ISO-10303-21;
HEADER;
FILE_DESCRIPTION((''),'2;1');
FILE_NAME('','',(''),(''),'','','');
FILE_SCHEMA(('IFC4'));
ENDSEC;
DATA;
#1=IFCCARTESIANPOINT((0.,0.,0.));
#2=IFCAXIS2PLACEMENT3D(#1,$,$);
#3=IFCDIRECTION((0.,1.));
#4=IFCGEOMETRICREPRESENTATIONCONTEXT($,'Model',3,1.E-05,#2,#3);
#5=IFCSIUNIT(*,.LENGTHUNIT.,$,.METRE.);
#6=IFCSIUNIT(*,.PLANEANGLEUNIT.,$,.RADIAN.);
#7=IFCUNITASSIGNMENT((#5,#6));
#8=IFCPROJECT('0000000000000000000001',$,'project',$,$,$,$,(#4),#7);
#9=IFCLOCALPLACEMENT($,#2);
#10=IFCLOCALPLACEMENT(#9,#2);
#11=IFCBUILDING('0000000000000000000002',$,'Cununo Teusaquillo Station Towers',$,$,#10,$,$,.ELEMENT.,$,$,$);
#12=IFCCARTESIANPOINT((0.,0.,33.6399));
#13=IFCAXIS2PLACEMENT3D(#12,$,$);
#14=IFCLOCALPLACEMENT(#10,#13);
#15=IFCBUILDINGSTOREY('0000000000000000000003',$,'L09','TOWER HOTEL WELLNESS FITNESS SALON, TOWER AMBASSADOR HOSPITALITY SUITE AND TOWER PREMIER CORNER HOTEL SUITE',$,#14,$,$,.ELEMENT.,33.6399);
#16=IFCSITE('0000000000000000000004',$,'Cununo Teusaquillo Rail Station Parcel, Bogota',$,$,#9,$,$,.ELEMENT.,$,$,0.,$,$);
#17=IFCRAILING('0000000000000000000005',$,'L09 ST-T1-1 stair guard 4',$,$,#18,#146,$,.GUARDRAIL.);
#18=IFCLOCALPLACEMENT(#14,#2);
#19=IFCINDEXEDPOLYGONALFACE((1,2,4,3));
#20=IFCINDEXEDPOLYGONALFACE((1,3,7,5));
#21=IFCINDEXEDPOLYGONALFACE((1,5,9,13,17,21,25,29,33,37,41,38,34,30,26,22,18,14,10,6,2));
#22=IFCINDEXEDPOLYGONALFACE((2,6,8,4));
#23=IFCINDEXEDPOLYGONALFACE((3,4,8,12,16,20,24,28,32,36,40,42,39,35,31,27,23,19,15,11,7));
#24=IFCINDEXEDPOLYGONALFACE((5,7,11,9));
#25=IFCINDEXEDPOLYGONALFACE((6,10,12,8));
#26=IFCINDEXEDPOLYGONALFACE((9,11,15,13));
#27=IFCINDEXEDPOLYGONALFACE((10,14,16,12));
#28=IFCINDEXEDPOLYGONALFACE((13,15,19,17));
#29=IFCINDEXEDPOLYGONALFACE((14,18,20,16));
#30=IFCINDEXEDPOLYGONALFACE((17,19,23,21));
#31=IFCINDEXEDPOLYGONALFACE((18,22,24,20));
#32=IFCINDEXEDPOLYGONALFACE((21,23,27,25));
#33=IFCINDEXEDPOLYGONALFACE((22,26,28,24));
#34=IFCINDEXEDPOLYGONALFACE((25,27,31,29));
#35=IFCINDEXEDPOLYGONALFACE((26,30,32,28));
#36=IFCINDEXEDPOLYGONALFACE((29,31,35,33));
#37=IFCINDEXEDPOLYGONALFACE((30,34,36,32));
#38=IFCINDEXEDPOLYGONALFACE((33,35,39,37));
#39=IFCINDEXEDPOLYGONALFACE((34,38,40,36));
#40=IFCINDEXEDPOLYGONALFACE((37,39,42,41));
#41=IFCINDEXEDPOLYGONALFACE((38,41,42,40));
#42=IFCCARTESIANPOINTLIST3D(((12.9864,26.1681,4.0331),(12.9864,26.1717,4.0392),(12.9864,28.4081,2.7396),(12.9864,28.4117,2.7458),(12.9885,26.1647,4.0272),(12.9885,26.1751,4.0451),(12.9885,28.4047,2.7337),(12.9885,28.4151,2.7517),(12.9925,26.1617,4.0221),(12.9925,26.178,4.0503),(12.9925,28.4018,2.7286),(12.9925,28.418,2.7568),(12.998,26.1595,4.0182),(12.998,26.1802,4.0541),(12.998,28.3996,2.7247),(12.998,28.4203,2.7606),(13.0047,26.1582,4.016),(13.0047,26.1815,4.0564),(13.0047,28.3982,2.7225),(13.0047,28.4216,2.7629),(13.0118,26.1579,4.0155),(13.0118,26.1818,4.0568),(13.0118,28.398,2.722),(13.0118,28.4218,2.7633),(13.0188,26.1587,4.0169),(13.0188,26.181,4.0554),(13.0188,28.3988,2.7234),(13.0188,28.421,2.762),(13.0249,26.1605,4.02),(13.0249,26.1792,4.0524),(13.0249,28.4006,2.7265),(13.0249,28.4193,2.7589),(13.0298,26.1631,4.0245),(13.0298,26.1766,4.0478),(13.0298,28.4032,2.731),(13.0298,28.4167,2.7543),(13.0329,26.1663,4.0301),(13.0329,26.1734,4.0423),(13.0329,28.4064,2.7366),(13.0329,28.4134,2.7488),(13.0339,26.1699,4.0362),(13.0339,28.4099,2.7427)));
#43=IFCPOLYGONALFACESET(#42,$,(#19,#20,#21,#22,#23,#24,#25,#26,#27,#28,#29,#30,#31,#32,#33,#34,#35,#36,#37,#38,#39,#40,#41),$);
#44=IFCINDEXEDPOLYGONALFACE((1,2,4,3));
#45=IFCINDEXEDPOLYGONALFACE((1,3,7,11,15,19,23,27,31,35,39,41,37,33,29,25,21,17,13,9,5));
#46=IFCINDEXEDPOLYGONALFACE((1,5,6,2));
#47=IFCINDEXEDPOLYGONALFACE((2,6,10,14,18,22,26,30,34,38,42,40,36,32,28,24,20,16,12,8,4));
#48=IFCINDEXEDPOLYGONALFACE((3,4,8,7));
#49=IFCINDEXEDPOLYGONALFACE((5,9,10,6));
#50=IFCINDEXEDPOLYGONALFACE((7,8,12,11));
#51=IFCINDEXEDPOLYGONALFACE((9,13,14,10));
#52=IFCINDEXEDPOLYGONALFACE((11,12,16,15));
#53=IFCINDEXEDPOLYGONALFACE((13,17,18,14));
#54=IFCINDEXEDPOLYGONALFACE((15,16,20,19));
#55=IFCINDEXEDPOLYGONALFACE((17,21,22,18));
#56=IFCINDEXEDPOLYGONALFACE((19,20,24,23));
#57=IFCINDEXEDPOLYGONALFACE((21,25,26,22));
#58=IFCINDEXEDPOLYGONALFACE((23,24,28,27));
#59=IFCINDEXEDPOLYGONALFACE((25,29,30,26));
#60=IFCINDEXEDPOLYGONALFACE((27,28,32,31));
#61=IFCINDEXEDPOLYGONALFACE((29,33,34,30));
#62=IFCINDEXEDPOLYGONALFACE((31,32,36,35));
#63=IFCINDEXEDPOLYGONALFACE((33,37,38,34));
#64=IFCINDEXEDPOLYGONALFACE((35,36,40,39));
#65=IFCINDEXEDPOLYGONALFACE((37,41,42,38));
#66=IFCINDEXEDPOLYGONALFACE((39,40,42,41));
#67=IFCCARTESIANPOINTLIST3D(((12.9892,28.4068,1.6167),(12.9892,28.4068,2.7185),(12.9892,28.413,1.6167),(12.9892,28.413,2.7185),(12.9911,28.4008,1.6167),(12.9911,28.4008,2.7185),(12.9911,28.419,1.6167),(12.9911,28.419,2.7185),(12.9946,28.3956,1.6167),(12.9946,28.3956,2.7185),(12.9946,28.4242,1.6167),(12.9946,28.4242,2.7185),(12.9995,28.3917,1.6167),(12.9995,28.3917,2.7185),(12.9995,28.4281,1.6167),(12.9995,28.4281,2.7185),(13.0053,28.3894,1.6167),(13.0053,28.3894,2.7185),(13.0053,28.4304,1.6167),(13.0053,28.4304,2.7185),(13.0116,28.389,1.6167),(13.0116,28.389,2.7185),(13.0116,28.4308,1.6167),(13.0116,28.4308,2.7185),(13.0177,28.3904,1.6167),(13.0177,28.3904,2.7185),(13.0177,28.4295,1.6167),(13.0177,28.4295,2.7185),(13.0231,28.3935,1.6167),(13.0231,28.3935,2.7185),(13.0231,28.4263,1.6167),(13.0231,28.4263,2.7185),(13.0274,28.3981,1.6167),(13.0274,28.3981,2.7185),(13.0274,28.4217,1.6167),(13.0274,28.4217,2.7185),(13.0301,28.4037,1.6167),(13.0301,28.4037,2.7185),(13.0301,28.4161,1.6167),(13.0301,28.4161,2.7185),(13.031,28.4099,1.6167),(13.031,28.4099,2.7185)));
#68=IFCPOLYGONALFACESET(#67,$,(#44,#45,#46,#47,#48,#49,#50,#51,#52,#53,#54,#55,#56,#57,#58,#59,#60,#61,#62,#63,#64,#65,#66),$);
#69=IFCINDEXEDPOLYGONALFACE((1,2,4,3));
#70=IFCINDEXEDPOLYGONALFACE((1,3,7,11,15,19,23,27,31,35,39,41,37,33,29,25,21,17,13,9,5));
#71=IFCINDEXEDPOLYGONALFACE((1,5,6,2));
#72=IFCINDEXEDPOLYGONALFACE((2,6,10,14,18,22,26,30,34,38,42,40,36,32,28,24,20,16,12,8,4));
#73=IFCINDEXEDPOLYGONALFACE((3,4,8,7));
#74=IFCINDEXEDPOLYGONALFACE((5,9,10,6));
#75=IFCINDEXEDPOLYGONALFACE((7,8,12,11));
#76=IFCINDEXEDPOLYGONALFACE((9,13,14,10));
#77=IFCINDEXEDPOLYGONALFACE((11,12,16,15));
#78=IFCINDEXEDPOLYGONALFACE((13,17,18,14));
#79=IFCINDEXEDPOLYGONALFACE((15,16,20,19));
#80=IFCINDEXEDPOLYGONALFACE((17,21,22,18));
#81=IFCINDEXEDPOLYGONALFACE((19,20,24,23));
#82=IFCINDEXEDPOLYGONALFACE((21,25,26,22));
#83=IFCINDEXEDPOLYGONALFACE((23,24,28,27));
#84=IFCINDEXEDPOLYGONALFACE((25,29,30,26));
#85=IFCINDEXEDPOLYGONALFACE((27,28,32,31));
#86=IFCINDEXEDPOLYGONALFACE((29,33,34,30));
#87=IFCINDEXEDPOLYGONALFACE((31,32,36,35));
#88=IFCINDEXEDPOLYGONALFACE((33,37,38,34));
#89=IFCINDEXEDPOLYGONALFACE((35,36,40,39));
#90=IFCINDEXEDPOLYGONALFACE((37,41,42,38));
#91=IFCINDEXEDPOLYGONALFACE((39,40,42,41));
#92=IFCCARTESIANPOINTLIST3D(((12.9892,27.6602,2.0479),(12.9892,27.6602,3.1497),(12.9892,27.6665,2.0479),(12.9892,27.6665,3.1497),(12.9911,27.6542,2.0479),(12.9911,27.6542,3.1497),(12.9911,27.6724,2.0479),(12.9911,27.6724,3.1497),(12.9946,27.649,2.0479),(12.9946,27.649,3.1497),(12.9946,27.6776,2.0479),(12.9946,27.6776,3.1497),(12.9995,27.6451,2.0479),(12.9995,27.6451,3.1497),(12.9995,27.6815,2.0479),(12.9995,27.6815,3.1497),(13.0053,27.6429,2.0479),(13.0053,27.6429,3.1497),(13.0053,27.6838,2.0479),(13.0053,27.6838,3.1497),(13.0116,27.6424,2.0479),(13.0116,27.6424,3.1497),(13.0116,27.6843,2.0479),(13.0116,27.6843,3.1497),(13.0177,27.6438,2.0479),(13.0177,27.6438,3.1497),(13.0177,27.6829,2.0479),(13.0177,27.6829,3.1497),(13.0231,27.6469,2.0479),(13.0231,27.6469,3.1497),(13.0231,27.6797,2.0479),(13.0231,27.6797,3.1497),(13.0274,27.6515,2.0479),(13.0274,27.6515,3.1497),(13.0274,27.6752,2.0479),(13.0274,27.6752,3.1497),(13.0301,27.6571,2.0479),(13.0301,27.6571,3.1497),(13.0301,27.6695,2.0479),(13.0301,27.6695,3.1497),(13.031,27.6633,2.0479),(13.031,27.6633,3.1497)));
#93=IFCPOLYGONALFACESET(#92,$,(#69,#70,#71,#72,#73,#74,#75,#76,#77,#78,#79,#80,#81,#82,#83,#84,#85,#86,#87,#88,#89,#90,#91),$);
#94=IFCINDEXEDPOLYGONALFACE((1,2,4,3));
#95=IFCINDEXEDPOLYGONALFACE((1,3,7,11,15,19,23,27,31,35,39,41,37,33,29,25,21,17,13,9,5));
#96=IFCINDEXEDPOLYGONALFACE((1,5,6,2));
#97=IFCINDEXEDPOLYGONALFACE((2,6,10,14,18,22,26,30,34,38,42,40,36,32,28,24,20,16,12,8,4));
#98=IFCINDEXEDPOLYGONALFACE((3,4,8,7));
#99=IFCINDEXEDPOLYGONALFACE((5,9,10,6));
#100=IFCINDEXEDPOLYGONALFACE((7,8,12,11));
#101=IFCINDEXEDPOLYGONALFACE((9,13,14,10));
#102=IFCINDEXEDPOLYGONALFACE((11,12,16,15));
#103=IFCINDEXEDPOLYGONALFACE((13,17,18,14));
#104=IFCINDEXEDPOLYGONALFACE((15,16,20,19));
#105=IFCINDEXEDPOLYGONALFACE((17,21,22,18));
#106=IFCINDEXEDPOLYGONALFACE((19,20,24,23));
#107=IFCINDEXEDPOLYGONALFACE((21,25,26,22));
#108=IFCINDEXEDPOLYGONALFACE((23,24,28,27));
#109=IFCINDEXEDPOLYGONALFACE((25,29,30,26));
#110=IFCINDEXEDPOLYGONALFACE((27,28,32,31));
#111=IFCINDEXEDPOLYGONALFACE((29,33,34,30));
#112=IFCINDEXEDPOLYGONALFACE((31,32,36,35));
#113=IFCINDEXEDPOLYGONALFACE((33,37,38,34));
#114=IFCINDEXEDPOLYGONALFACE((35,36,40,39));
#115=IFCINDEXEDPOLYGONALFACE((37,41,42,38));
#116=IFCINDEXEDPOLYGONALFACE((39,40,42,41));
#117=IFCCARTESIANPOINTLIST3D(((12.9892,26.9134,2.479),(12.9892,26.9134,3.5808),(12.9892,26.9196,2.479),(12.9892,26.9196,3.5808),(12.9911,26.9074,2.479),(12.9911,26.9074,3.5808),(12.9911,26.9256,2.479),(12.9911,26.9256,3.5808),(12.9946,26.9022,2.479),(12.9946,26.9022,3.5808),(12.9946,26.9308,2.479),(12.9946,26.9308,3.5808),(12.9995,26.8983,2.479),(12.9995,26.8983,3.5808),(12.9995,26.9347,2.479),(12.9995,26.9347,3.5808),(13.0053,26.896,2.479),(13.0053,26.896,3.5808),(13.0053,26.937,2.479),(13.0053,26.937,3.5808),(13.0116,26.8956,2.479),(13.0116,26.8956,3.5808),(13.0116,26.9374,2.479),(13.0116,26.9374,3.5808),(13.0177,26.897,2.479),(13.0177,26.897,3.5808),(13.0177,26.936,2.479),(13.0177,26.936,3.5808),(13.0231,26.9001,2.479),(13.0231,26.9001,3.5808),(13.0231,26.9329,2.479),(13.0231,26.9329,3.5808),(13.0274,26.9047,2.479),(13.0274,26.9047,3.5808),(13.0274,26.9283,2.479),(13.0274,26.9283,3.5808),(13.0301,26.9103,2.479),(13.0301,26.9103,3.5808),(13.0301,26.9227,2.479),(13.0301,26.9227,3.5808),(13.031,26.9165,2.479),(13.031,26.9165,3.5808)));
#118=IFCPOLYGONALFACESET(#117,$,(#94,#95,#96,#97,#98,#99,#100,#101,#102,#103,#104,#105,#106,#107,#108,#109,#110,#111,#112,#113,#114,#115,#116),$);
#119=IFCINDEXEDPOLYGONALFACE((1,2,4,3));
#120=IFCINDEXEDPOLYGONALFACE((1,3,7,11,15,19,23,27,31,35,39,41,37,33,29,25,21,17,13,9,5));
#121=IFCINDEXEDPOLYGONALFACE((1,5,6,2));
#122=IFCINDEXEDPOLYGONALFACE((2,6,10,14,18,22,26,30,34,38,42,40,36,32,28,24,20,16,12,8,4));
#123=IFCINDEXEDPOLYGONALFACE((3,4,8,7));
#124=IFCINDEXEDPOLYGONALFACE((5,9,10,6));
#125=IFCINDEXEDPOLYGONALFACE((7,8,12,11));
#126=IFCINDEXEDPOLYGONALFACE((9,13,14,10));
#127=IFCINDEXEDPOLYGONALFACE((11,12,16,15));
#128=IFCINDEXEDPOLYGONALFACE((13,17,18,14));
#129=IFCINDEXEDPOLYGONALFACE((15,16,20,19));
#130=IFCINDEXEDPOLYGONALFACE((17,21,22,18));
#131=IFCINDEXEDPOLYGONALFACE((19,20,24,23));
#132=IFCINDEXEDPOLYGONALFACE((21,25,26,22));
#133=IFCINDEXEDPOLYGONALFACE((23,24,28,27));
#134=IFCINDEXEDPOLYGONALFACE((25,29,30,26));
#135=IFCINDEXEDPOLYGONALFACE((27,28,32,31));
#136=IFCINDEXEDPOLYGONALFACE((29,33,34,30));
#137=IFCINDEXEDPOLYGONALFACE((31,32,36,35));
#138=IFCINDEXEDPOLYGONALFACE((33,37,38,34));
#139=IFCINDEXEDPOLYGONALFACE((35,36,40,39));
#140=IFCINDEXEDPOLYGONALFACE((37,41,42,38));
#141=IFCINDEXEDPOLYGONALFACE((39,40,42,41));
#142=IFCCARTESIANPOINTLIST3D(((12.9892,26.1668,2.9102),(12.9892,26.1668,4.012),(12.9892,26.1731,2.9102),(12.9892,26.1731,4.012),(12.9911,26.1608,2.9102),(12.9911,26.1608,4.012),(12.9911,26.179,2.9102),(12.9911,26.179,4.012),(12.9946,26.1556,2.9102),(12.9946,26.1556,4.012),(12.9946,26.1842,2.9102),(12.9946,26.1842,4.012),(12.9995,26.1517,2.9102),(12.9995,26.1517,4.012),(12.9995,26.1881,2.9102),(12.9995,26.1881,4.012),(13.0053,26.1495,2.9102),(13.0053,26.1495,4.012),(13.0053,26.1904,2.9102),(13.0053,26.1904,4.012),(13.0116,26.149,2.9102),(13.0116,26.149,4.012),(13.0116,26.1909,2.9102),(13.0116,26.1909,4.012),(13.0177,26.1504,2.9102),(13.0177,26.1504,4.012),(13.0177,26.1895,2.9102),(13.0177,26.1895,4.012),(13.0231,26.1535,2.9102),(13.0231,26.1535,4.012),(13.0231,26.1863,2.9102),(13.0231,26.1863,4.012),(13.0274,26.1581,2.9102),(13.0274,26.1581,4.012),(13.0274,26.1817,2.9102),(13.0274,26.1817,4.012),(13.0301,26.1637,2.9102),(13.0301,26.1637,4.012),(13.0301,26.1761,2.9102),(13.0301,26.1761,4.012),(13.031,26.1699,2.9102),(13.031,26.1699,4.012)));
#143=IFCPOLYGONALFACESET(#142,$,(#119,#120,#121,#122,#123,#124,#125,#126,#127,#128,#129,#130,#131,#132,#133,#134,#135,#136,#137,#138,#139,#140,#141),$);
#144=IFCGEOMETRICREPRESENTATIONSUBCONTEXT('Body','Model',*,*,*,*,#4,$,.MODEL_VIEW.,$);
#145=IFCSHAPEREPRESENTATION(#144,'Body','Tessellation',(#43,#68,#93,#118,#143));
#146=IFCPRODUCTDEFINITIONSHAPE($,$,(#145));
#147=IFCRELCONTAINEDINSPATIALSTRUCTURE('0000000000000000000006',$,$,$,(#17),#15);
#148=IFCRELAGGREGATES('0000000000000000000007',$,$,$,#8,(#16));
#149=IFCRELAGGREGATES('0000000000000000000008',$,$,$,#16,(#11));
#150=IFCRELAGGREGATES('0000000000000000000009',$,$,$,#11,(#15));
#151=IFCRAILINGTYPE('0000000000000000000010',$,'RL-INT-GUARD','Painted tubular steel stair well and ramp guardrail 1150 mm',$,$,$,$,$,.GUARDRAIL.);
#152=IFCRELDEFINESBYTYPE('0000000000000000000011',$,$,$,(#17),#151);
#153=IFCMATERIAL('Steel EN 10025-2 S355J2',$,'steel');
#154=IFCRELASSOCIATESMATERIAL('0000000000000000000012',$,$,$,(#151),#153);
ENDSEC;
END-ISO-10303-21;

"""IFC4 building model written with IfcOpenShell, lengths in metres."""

from ifc_helpers import new_model, si_unit, direction, frame, origin, origin_2d, place, context, subcontext, project, spatial, circle, extrude, material, type_object, element, save


model = new_model("IFC4")

# Units and contexts
model_context = context("Model", 3, precision=1e-05, world=origin(), true_north=direction((0.0, 1.0)))
body_context = subcontext(model_context, "Body", "Model", "MODEL_VIEW")
ifc_project = project(units=[si_unit("LENGTHUNIT", "METRE"), si_unit("PLANEANGLEUNIT", "RADIAN")], contexts=[model_context])

# Site, building, storey
site_placement = place(None, origin())
site = spatial("IfcSite", under=ifc_project, at=site_placement, Name="Cununo Teusaquillo Rail Station Parcel, Bogota", CompositionType="ELEMENT", RefElevation=0.0)
building_placement = place(site_placement, origin())
building = spatial("IfcBuilding", under=site, at=building_placement, Name="Cununo Teusaquillo Station Towers", CompositionType="ELEMENT")
storey_placement = place(building_placement, frame((0.0, 0.0, 33.6399)))
storey = spatial("IfcBuildingStorey", under=building, at=storey_placement, Name="L09", Description="TOWER HOTEL WELLNESS FITNESS SALON, TOWER AMBASSADOR HOSPITALITY SUITE AND TOWER PREMIER CORNER HOTEL SUITE", CompositionType="ELEMENT", Elevation=33.6399)

# Railing
ifc_material_1 = material(Name="Steel EN 10025-2 S355J2", Category="steel")
railing_type_1 = type_object("IfcRailingType", Name="RL-INT-GUARD", Description="Painted tubular steel stair well and ramp guardrail 1150 mm", PredefinedType="GUARDRAIL", material=ifc_material_1)
railing_1_placement = place(storey_placement, frame((13.01, 28.4099, 1.6167)))
element("IfcRailing", 1, at=railing_1_placement, inside=storey, type_object=railing_type_1, Name="L09 ST-T1-1 stair guard 4", PredefinedType="GUARDRAIL", context=body_context, shape_type="SweptSolid", body=[
    extrude(circle(Radius=0.0239, at=origin_2d()), frame((0.0, 0.0, 1.126), z_axis=(0.0, -0.865992, 0.500057), x_axis=(1.0, 0.0, 0.0)), (0.0, 0.0, 1.0), 2.5867),
    extrude(circle(Radius=0.021, at=origin_2d()), origin(), (0.0, 0.0, 1.0), 1.1018),
    extrude(circle(Radius=0.021, at=origin_2d()), frame((0.0, -0.7466, 0.4312)), (0.0, 0.0, 1.0), 1.1018),
    extrude(circle(Radius=0.021, at=origin_2d()), frame((0.0, -1.4934, 0.8623)), (0.0, 0.0, 1.0), 1.1018),
    extrude(circle(Radius=0.021, at=origin_2d()), frame((0.0, -2.24, 1.2935)), (0.0, 0.0, 1.0), 1.1018),
])

save(model, "model.ifc")
